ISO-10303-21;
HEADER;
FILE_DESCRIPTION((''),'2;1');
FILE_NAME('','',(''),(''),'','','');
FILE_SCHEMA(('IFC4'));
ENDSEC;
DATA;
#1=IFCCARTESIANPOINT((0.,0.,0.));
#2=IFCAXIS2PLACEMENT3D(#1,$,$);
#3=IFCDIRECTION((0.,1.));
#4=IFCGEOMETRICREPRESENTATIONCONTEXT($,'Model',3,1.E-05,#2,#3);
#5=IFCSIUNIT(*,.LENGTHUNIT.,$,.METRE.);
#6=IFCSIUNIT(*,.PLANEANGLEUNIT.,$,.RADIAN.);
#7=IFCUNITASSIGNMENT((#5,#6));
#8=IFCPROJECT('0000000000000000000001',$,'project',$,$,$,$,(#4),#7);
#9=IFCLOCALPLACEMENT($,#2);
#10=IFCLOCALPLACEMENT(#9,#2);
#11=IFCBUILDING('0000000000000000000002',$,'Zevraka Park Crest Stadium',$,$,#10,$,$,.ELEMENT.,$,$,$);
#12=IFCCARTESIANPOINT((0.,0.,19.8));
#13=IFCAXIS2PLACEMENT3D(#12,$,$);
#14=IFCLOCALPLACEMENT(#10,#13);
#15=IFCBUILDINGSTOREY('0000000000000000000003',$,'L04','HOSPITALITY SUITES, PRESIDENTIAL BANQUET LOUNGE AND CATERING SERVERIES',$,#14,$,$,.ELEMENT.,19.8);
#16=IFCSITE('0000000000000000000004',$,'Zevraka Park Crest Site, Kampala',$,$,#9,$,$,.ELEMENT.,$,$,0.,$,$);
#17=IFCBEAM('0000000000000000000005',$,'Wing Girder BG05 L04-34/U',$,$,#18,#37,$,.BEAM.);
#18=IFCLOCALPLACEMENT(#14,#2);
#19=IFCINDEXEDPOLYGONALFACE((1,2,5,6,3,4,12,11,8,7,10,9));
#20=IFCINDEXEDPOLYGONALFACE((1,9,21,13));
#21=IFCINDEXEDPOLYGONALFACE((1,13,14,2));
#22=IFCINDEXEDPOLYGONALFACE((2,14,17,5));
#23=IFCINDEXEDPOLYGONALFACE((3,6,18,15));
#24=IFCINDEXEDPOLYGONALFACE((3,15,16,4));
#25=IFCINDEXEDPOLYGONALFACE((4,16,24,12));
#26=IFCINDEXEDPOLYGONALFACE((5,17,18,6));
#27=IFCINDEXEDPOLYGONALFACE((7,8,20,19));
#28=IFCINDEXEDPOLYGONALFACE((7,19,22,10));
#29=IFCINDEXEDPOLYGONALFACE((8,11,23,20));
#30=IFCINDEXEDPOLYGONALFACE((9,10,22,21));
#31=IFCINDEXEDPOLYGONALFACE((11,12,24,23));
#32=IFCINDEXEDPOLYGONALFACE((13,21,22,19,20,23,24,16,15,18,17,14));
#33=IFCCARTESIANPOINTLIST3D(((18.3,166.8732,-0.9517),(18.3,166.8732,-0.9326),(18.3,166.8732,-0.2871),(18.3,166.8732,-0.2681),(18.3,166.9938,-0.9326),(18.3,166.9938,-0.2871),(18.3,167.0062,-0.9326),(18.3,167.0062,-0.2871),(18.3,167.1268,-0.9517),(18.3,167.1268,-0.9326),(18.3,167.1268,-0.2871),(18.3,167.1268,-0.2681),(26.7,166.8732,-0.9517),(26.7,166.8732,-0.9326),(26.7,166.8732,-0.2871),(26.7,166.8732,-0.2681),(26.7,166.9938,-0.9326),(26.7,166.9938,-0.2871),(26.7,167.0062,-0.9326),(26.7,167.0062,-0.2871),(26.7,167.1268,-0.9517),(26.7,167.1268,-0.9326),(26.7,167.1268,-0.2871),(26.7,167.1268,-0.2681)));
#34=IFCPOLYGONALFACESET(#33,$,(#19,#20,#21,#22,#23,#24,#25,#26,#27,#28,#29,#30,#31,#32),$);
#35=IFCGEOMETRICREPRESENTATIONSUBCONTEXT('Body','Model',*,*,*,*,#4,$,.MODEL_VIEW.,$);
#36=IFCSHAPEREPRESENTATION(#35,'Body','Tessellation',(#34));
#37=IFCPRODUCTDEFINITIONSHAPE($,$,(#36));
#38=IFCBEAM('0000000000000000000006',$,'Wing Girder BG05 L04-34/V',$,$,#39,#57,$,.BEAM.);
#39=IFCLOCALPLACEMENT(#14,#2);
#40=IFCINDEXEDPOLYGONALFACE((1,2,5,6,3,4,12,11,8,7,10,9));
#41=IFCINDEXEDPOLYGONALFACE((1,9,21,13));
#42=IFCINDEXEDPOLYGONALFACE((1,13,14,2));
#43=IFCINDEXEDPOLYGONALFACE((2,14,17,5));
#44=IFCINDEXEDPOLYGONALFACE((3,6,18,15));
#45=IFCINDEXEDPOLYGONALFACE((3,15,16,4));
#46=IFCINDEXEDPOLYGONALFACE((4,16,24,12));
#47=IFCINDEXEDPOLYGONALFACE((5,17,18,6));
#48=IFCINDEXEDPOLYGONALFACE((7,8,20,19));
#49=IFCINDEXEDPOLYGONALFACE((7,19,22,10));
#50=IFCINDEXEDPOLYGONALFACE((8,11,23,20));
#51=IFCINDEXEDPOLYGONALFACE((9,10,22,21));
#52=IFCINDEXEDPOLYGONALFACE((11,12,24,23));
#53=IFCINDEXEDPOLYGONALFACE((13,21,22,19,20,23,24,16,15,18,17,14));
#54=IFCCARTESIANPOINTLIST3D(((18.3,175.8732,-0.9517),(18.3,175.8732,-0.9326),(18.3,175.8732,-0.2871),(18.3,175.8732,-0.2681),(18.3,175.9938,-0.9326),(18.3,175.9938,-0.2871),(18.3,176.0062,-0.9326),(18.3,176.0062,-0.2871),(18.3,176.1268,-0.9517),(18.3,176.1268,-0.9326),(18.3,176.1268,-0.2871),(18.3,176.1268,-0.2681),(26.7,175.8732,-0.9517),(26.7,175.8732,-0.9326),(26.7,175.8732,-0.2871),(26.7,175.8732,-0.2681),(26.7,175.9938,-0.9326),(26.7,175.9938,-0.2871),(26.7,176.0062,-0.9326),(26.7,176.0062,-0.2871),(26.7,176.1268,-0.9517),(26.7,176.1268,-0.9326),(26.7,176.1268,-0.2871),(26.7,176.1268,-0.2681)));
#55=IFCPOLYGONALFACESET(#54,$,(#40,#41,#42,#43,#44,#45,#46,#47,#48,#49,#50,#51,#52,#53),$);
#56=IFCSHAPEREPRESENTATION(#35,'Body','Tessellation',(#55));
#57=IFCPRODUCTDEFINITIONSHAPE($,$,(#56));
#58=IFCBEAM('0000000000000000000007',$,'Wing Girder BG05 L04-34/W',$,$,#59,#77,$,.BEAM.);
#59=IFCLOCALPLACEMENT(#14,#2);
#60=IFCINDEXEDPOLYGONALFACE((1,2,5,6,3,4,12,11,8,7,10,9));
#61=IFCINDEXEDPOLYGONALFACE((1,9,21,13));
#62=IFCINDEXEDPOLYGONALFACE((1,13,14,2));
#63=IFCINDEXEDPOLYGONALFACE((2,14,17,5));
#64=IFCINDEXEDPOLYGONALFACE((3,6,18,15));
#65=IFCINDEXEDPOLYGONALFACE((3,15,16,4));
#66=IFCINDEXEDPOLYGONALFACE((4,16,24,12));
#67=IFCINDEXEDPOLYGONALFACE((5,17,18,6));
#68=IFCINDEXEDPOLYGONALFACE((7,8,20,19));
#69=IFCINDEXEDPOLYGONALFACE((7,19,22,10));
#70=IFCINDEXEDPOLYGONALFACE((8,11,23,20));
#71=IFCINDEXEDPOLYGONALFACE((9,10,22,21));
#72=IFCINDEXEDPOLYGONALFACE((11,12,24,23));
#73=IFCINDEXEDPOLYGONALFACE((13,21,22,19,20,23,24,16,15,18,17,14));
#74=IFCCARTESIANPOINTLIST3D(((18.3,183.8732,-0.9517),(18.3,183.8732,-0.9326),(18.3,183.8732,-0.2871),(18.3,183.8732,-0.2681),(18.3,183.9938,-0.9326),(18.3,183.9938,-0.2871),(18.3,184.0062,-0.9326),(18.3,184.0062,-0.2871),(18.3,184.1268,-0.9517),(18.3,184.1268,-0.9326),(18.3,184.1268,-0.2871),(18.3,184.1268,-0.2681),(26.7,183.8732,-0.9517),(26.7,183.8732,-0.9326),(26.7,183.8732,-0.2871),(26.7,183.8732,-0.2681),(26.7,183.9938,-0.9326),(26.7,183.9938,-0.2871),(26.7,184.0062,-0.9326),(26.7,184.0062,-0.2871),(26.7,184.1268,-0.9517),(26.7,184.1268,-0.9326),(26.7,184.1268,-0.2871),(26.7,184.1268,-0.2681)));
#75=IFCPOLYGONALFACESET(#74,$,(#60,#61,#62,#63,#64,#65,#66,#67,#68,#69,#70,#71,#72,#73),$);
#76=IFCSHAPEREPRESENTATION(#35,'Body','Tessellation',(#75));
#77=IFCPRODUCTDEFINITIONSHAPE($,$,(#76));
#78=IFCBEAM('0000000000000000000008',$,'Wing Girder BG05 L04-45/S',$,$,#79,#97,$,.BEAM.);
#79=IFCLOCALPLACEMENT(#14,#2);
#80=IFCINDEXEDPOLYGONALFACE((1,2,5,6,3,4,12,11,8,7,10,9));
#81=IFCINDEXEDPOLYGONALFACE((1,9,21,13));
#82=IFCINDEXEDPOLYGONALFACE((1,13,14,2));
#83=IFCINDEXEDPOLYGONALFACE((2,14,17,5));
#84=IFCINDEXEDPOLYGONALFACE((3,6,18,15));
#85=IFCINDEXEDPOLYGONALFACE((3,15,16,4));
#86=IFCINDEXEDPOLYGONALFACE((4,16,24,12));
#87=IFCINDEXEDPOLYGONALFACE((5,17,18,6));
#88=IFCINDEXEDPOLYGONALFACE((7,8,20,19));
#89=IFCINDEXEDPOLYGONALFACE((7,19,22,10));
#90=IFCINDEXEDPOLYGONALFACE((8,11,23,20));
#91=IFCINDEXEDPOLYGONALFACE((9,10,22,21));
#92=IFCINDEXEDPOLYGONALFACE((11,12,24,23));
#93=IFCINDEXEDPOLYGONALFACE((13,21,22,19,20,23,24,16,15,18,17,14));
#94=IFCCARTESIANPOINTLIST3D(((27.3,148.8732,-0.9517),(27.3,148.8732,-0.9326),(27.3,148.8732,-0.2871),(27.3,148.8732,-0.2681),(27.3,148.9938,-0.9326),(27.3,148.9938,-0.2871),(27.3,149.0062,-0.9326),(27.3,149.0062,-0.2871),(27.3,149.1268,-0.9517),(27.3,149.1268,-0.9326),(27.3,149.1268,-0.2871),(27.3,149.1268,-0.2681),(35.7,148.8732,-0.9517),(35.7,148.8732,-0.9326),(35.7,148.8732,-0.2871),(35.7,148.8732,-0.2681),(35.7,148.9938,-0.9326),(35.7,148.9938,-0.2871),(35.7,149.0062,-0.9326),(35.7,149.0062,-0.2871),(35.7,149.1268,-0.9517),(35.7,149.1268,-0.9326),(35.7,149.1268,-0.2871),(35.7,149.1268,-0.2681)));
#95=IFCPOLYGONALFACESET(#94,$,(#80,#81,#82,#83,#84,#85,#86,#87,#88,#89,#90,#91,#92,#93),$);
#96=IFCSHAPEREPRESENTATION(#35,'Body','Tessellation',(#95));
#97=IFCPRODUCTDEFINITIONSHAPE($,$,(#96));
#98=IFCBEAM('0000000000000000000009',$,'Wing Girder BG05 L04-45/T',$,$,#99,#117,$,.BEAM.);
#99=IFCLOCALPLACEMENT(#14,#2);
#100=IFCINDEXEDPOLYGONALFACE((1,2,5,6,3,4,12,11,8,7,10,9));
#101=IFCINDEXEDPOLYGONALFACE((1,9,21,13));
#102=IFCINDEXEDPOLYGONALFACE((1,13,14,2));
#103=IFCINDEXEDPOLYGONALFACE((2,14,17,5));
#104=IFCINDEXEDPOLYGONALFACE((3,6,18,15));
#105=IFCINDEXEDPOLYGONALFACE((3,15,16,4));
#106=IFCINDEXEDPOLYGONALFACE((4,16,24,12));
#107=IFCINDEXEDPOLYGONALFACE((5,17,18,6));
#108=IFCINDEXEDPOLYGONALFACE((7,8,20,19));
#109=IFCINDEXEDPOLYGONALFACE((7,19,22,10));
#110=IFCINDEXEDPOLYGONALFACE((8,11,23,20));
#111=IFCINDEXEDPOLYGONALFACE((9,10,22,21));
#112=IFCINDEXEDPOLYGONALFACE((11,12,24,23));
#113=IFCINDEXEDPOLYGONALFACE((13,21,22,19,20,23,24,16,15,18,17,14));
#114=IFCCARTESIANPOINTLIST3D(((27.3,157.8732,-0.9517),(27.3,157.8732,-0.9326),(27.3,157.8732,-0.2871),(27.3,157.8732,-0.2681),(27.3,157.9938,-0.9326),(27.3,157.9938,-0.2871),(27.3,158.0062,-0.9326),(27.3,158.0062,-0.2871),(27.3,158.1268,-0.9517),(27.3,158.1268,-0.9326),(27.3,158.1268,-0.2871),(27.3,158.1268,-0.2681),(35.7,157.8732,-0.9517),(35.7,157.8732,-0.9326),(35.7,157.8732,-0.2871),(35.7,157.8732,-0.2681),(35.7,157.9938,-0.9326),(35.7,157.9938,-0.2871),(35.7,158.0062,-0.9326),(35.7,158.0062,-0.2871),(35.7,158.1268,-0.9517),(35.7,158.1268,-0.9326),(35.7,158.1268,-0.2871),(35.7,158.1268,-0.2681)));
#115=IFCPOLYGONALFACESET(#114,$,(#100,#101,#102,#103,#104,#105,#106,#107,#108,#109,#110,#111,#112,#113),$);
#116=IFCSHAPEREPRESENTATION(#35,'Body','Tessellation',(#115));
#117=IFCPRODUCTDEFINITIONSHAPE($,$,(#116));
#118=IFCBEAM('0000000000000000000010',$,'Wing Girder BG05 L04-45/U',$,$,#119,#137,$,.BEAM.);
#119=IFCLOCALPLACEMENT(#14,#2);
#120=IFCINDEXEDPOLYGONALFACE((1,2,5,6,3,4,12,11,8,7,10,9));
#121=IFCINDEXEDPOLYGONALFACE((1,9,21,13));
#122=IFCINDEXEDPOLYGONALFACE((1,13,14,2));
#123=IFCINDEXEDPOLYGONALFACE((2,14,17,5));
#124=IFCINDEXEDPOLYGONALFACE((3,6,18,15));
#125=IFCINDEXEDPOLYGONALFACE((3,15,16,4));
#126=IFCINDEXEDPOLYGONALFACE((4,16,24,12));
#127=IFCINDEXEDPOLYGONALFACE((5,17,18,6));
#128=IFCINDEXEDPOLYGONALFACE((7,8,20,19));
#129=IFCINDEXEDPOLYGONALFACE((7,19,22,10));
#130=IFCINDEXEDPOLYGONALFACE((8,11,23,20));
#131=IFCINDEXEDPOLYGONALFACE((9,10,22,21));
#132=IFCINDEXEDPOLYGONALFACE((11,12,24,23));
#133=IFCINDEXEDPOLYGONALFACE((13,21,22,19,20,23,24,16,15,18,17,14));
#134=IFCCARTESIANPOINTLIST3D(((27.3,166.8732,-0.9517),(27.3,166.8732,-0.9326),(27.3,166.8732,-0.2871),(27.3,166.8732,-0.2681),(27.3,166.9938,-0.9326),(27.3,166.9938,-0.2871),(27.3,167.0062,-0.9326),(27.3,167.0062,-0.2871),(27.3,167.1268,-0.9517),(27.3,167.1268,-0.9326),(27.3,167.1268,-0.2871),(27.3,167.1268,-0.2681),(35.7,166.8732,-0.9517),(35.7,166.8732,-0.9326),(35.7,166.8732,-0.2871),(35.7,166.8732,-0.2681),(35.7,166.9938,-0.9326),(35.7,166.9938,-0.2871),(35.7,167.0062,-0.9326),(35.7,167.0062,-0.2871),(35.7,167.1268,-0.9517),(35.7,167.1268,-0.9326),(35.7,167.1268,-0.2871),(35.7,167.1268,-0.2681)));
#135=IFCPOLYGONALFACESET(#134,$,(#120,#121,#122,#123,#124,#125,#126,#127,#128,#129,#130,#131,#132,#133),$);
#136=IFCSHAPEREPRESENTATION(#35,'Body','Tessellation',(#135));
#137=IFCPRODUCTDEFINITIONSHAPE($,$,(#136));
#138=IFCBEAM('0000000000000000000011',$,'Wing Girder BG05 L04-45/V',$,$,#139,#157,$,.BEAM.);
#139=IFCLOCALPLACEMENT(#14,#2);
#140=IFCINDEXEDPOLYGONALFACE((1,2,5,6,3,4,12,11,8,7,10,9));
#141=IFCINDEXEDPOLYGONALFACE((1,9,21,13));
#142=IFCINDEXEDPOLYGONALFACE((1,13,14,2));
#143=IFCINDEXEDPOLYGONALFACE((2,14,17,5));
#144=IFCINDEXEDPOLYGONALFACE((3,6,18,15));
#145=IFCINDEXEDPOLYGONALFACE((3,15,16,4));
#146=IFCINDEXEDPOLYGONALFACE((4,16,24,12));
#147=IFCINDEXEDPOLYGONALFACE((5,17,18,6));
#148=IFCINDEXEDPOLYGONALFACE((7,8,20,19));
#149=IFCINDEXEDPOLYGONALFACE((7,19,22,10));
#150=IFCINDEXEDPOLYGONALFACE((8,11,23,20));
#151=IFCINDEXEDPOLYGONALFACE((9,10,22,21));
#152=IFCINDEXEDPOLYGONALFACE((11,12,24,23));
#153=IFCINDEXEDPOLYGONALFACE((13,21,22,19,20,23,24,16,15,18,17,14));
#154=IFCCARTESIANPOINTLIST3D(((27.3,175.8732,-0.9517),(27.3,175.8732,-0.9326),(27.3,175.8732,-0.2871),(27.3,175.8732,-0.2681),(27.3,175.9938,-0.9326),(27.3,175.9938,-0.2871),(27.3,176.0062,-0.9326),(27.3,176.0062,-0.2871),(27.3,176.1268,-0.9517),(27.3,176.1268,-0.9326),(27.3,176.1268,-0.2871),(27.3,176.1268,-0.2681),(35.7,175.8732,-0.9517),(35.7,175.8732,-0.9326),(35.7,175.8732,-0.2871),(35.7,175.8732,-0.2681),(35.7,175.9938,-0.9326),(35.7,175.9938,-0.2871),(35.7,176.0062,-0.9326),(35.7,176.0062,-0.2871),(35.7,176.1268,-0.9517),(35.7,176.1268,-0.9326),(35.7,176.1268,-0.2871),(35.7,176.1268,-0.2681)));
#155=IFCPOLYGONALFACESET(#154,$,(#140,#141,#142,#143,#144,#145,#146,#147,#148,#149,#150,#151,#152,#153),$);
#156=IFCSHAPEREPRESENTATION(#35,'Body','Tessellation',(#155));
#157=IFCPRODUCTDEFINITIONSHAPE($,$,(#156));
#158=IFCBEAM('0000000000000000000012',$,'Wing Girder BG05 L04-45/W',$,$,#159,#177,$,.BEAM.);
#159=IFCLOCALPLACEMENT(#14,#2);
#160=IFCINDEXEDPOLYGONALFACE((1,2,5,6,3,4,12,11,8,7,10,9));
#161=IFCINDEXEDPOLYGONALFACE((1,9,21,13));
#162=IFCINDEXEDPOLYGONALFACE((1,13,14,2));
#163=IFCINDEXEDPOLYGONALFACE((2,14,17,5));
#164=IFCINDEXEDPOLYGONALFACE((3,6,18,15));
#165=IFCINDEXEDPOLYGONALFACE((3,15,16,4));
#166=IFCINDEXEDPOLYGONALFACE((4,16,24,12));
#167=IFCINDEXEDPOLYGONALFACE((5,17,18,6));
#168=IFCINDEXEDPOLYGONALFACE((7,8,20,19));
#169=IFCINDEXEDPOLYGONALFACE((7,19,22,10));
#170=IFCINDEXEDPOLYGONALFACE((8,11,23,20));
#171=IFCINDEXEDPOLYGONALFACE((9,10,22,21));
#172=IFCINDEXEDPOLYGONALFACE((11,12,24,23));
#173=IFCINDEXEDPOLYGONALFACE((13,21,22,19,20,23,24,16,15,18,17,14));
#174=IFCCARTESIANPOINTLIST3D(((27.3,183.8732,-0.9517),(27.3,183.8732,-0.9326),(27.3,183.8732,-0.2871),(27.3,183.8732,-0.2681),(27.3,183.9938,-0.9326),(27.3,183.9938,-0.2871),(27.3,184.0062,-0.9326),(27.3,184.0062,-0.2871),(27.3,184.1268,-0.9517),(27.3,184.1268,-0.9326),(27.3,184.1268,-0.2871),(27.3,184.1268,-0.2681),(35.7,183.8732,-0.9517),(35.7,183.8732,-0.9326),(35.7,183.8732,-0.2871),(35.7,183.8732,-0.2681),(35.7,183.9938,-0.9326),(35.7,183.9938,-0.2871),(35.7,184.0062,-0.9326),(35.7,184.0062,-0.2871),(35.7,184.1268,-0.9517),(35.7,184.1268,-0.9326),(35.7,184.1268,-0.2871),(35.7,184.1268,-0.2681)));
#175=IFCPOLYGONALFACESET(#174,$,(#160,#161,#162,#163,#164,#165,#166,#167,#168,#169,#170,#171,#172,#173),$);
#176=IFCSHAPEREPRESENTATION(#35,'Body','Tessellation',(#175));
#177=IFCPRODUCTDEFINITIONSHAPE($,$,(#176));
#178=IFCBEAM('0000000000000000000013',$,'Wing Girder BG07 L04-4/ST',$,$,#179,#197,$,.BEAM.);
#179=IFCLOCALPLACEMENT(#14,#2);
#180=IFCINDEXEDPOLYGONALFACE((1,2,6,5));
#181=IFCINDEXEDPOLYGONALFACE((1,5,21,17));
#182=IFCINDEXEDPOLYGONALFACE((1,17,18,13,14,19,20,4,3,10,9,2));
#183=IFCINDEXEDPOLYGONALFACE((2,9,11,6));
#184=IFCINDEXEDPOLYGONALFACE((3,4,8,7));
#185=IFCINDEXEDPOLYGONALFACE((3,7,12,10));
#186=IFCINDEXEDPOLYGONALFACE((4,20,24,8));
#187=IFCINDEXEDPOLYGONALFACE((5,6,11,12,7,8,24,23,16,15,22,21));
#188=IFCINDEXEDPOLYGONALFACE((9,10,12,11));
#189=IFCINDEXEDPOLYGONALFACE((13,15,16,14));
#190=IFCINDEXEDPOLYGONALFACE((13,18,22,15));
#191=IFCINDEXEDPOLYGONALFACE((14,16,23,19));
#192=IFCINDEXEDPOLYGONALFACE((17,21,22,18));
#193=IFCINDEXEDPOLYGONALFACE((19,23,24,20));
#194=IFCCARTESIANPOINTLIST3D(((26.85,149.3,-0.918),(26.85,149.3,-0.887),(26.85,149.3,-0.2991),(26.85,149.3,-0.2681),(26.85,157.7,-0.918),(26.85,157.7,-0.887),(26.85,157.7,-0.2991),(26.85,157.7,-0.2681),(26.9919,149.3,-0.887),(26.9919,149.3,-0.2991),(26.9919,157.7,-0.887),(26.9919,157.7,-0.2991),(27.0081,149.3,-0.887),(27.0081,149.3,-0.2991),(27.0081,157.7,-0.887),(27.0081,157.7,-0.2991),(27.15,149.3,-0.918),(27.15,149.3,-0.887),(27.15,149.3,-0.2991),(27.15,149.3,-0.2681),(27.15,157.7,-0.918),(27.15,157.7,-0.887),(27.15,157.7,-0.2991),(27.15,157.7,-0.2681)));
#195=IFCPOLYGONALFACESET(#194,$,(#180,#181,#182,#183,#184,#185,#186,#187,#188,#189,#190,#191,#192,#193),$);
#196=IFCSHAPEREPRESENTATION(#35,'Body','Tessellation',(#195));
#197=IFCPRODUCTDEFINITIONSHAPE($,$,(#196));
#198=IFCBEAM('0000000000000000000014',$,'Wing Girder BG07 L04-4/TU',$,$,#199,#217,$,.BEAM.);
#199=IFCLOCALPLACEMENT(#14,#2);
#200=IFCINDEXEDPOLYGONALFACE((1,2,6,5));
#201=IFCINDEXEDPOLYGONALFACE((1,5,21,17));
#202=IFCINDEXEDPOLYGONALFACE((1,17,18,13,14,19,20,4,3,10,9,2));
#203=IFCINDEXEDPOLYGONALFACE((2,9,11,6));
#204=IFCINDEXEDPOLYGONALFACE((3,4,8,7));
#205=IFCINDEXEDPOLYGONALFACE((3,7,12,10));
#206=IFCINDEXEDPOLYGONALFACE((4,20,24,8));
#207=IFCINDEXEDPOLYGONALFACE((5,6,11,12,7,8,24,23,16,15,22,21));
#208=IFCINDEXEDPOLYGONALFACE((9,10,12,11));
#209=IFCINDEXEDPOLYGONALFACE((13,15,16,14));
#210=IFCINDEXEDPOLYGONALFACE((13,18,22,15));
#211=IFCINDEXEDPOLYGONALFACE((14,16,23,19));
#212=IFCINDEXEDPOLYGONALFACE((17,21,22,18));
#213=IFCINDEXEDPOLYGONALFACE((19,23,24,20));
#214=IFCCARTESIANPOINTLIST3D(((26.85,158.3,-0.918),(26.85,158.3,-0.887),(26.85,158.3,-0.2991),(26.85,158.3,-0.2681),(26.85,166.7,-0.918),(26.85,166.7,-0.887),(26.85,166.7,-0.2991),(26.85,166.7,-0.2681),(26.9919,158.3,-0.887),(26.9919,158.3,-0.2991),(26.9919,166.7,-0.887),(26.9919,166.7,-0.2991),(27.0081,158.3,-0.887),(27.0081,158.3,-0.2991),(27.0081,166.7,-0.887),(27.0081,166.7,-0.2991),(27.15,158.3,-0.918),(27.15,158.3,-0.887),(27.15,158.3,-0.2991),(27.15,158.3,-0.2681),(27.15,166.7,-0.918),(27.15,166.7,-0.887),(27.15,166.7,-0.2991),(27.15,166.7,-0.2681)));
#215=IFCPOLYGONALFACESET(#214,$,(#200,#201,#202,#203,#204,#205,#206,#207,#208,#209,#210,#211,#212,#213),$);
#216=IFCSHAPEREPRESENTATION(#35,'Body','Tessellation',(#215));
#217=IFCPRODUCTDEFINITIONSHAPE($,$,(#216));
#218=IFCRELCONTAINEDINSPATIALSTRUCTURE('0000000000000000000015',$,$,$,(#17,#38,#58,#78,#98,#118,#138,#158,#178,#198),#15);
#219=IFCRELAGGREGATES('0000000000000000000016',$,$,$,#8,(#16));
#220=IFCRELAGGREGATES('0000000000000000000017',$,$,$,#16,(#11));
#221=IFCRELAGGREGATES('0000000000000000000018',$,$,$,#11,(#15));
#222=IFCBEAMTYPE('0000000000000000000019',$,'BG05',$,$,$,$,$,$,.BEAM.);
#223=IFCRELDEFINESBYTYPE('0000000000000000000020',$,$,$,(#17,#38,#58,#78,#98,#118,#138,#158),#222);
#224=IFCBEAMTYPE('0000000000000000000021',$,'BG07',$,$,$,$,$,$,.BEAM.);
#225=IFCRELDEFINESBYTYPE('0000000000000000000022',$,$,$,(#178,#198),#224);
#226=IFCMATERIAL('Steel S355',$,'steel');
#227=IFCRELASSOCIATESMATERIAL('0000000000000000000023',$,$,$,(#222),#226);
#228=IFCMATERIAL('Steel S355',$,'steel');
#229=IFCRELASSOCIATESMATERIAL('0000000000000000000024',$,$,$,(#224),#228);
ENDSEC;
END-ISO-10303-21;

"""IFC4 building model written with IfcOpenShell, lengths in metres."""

from ifc_helpers import new_model, si_unit, direction, frame, origin, origin_2d, place, context, subcontext, project, spatial, i_section, extrude, material, material_profile, profile_set, type_object, element, save


model = new_model("IFC4")

# Units and contexts
model_context = context("Model", 3, precision=1e-05, world=origin(), true_north=direction((0.0, 1.0)))
body_context = subcontext(model_context, "Body", "Model", "MODEL_VIEW")
ifc_project = project(units=[si_unit("LENGTHUNIT", "METRE"), si_unit("PLANEANGLEUNIT", "RADIAN")], contexts=[model_context])

# Site, building, storey
site_placement = place(None, origin())
site = spatial("IfcSite", under=ifc_project, at=site_placement, Name="Zevraka Park Crest Site, Kampala", CompositionType="ELEMENT", RefElevation=0.0)
building_placement = place(site_placement, origin())
building = spatial("IfcBuilding", under=site, at=building_placement, Name="Zevraka Park Crest Stadium", CompositionType="ELEMENT")
storey_placement = place(building_placement, frame((0.0, 0.0, 19.8)))
storey = spatial("IfcBuildingStorey", under=building, at=storey_placement, Name="L04", Description="HOSPITALITY SUITES, PRESIDENTIAL BANQUET LOUNGE AND CATERING SERVERIES", CompositionType="ELEMENT", Elevation=19.8)

# Beams
ifc_material_1 = material(Name="Steel S355", Category="steel")
ifc_material_profile_1 = material_profile(ifc_material_1, i_section(OverallWidth=0.2537, OverallDepth=0.6836, WebThickness=0.0125, FlangeThickness=0.019, at=origin_2d()), Name="UKB 686x254x140")
ifc_profile_set_1 = profile_set([ifc_material_profile_1], Name="Steel S355")
beam_type_1 = type_object("IfcBeamType", Name="BG05", PredefinedType="BEAM", material=ifc_profile_set_1)
for number, where, z_axis, x_axis, name in (
    (1, (18.3, 167.0, -0.6099), (1.0, 0.0, 0.0), (0.0, 1.0, 0.0), "Wing Girder BG05 L04-34/U"),
    (2, (18.3, 176.0, -0.6099), (1.0, 0.0, 0.0), (0.0, 1.0, 0.0), "Wing Girder BG05 L04-34/V"),
    (3, (18.3, 184.0, -0.6099), (1.0, 0.0, 0.0), (0.0, 1.0, 0.0), "Wing Girder BG05 L04-34/W"),
    (4, (27.3, 149.0, -0.6099), (1.0, 0.0, 0.0), (0.0, 1.0, 0.0), "Wing Girder BG05 L04-45/S"),
    (5, (27.3, 158.0, -0.6099), (1.0, 0.0, 0.0), (0.0, 1.0, 0.0), "Wing Girder BG05 L04-45/T"),
    (6, (27.3, 167.0, -0.6099), (1.0, 0.0, 0.0), (0.0, 1.0, 0.0), "Wing Girder BG05 L04-45/U"),
    (7, (27.3, 176.0, -0.6099), (1.0, 0.0, 0.0), (0.0, 1.0, 0.0), "Wing Girder BG05 L04-45/V"),
    (8, (27.3, 184.0, -0.6099), (1.0, 0.0, 0.0), (0.0, 1.0, 0.0), "Wing Girder BG05 L04-45/W"),
):
    element("IfcBeam", number, at=place(storey_placement, frame(where, z_axis=z_axis, x_axis=x_axis)), inside=storey, type_object=beam_type_1, Name=name, PredefinedType="BEAM", context=body_context, shape_type="SweptSolid", body=[
        extrude(i_section(OverallWidth=0.2537, OverallDepth=0.6836, WebThickness=0.0125, FlangeThickness=0.019, at=origin_2d()), origin(), (0.0, 0.0, 1.0), 8.3999),
    ])
ifc_material_2 = material(Name="Steel S355", Category="steel")
ifc_material_profile_2 = material_profile(ifc_material_2, i_section(OverallWidth=0.3, OverallDepth=0.6499, WebThickness=0.0161, FlangeThickness=0.031, at=origin_2d()), Name="HEB 650")
ifc_profile_set_2 = profile_set([ifc_material_profile_2], Name="Steel S355")
beam_type_2 = type_object("IfcBeamType", Name="BG07", PredefinedType="BEAM", material=ifc_profile_set_2)
for number, where, z_axis, x_axis, name in (
    (9, (27.0, 149.3, -0.593), (0.0, 1.0, 0.0), (-1.0, 0.0, 0.0), "Wing Girder BG07 L04-4/ST"),
    (10, (27.0, 158.3, -0.593), (0.0, 1.0, 0.0), (-1.0, 0.0, 0.0), "Wing Girder BG07 L04-4/TU"),
):
    element("IfcBeam", number, at=place(storey_placement, frame(where, z_axis=z_axis, x_axis=x_axis)), inside=storey, type_object=beam_type_2, Name=name, PredefinedType="BEAM", context=body_context, shape_type="SweptSolid", body=[
        extrude(i_section(OverallWidth=0.3, OverallDepth=0.6499, WebThickness=0.0161, FlangeThickness=0.031, at=origin_2d()), origin(), (0.0, 0.0, 1.0), 8.3999),
    ])

save(model, "model.ifc")
